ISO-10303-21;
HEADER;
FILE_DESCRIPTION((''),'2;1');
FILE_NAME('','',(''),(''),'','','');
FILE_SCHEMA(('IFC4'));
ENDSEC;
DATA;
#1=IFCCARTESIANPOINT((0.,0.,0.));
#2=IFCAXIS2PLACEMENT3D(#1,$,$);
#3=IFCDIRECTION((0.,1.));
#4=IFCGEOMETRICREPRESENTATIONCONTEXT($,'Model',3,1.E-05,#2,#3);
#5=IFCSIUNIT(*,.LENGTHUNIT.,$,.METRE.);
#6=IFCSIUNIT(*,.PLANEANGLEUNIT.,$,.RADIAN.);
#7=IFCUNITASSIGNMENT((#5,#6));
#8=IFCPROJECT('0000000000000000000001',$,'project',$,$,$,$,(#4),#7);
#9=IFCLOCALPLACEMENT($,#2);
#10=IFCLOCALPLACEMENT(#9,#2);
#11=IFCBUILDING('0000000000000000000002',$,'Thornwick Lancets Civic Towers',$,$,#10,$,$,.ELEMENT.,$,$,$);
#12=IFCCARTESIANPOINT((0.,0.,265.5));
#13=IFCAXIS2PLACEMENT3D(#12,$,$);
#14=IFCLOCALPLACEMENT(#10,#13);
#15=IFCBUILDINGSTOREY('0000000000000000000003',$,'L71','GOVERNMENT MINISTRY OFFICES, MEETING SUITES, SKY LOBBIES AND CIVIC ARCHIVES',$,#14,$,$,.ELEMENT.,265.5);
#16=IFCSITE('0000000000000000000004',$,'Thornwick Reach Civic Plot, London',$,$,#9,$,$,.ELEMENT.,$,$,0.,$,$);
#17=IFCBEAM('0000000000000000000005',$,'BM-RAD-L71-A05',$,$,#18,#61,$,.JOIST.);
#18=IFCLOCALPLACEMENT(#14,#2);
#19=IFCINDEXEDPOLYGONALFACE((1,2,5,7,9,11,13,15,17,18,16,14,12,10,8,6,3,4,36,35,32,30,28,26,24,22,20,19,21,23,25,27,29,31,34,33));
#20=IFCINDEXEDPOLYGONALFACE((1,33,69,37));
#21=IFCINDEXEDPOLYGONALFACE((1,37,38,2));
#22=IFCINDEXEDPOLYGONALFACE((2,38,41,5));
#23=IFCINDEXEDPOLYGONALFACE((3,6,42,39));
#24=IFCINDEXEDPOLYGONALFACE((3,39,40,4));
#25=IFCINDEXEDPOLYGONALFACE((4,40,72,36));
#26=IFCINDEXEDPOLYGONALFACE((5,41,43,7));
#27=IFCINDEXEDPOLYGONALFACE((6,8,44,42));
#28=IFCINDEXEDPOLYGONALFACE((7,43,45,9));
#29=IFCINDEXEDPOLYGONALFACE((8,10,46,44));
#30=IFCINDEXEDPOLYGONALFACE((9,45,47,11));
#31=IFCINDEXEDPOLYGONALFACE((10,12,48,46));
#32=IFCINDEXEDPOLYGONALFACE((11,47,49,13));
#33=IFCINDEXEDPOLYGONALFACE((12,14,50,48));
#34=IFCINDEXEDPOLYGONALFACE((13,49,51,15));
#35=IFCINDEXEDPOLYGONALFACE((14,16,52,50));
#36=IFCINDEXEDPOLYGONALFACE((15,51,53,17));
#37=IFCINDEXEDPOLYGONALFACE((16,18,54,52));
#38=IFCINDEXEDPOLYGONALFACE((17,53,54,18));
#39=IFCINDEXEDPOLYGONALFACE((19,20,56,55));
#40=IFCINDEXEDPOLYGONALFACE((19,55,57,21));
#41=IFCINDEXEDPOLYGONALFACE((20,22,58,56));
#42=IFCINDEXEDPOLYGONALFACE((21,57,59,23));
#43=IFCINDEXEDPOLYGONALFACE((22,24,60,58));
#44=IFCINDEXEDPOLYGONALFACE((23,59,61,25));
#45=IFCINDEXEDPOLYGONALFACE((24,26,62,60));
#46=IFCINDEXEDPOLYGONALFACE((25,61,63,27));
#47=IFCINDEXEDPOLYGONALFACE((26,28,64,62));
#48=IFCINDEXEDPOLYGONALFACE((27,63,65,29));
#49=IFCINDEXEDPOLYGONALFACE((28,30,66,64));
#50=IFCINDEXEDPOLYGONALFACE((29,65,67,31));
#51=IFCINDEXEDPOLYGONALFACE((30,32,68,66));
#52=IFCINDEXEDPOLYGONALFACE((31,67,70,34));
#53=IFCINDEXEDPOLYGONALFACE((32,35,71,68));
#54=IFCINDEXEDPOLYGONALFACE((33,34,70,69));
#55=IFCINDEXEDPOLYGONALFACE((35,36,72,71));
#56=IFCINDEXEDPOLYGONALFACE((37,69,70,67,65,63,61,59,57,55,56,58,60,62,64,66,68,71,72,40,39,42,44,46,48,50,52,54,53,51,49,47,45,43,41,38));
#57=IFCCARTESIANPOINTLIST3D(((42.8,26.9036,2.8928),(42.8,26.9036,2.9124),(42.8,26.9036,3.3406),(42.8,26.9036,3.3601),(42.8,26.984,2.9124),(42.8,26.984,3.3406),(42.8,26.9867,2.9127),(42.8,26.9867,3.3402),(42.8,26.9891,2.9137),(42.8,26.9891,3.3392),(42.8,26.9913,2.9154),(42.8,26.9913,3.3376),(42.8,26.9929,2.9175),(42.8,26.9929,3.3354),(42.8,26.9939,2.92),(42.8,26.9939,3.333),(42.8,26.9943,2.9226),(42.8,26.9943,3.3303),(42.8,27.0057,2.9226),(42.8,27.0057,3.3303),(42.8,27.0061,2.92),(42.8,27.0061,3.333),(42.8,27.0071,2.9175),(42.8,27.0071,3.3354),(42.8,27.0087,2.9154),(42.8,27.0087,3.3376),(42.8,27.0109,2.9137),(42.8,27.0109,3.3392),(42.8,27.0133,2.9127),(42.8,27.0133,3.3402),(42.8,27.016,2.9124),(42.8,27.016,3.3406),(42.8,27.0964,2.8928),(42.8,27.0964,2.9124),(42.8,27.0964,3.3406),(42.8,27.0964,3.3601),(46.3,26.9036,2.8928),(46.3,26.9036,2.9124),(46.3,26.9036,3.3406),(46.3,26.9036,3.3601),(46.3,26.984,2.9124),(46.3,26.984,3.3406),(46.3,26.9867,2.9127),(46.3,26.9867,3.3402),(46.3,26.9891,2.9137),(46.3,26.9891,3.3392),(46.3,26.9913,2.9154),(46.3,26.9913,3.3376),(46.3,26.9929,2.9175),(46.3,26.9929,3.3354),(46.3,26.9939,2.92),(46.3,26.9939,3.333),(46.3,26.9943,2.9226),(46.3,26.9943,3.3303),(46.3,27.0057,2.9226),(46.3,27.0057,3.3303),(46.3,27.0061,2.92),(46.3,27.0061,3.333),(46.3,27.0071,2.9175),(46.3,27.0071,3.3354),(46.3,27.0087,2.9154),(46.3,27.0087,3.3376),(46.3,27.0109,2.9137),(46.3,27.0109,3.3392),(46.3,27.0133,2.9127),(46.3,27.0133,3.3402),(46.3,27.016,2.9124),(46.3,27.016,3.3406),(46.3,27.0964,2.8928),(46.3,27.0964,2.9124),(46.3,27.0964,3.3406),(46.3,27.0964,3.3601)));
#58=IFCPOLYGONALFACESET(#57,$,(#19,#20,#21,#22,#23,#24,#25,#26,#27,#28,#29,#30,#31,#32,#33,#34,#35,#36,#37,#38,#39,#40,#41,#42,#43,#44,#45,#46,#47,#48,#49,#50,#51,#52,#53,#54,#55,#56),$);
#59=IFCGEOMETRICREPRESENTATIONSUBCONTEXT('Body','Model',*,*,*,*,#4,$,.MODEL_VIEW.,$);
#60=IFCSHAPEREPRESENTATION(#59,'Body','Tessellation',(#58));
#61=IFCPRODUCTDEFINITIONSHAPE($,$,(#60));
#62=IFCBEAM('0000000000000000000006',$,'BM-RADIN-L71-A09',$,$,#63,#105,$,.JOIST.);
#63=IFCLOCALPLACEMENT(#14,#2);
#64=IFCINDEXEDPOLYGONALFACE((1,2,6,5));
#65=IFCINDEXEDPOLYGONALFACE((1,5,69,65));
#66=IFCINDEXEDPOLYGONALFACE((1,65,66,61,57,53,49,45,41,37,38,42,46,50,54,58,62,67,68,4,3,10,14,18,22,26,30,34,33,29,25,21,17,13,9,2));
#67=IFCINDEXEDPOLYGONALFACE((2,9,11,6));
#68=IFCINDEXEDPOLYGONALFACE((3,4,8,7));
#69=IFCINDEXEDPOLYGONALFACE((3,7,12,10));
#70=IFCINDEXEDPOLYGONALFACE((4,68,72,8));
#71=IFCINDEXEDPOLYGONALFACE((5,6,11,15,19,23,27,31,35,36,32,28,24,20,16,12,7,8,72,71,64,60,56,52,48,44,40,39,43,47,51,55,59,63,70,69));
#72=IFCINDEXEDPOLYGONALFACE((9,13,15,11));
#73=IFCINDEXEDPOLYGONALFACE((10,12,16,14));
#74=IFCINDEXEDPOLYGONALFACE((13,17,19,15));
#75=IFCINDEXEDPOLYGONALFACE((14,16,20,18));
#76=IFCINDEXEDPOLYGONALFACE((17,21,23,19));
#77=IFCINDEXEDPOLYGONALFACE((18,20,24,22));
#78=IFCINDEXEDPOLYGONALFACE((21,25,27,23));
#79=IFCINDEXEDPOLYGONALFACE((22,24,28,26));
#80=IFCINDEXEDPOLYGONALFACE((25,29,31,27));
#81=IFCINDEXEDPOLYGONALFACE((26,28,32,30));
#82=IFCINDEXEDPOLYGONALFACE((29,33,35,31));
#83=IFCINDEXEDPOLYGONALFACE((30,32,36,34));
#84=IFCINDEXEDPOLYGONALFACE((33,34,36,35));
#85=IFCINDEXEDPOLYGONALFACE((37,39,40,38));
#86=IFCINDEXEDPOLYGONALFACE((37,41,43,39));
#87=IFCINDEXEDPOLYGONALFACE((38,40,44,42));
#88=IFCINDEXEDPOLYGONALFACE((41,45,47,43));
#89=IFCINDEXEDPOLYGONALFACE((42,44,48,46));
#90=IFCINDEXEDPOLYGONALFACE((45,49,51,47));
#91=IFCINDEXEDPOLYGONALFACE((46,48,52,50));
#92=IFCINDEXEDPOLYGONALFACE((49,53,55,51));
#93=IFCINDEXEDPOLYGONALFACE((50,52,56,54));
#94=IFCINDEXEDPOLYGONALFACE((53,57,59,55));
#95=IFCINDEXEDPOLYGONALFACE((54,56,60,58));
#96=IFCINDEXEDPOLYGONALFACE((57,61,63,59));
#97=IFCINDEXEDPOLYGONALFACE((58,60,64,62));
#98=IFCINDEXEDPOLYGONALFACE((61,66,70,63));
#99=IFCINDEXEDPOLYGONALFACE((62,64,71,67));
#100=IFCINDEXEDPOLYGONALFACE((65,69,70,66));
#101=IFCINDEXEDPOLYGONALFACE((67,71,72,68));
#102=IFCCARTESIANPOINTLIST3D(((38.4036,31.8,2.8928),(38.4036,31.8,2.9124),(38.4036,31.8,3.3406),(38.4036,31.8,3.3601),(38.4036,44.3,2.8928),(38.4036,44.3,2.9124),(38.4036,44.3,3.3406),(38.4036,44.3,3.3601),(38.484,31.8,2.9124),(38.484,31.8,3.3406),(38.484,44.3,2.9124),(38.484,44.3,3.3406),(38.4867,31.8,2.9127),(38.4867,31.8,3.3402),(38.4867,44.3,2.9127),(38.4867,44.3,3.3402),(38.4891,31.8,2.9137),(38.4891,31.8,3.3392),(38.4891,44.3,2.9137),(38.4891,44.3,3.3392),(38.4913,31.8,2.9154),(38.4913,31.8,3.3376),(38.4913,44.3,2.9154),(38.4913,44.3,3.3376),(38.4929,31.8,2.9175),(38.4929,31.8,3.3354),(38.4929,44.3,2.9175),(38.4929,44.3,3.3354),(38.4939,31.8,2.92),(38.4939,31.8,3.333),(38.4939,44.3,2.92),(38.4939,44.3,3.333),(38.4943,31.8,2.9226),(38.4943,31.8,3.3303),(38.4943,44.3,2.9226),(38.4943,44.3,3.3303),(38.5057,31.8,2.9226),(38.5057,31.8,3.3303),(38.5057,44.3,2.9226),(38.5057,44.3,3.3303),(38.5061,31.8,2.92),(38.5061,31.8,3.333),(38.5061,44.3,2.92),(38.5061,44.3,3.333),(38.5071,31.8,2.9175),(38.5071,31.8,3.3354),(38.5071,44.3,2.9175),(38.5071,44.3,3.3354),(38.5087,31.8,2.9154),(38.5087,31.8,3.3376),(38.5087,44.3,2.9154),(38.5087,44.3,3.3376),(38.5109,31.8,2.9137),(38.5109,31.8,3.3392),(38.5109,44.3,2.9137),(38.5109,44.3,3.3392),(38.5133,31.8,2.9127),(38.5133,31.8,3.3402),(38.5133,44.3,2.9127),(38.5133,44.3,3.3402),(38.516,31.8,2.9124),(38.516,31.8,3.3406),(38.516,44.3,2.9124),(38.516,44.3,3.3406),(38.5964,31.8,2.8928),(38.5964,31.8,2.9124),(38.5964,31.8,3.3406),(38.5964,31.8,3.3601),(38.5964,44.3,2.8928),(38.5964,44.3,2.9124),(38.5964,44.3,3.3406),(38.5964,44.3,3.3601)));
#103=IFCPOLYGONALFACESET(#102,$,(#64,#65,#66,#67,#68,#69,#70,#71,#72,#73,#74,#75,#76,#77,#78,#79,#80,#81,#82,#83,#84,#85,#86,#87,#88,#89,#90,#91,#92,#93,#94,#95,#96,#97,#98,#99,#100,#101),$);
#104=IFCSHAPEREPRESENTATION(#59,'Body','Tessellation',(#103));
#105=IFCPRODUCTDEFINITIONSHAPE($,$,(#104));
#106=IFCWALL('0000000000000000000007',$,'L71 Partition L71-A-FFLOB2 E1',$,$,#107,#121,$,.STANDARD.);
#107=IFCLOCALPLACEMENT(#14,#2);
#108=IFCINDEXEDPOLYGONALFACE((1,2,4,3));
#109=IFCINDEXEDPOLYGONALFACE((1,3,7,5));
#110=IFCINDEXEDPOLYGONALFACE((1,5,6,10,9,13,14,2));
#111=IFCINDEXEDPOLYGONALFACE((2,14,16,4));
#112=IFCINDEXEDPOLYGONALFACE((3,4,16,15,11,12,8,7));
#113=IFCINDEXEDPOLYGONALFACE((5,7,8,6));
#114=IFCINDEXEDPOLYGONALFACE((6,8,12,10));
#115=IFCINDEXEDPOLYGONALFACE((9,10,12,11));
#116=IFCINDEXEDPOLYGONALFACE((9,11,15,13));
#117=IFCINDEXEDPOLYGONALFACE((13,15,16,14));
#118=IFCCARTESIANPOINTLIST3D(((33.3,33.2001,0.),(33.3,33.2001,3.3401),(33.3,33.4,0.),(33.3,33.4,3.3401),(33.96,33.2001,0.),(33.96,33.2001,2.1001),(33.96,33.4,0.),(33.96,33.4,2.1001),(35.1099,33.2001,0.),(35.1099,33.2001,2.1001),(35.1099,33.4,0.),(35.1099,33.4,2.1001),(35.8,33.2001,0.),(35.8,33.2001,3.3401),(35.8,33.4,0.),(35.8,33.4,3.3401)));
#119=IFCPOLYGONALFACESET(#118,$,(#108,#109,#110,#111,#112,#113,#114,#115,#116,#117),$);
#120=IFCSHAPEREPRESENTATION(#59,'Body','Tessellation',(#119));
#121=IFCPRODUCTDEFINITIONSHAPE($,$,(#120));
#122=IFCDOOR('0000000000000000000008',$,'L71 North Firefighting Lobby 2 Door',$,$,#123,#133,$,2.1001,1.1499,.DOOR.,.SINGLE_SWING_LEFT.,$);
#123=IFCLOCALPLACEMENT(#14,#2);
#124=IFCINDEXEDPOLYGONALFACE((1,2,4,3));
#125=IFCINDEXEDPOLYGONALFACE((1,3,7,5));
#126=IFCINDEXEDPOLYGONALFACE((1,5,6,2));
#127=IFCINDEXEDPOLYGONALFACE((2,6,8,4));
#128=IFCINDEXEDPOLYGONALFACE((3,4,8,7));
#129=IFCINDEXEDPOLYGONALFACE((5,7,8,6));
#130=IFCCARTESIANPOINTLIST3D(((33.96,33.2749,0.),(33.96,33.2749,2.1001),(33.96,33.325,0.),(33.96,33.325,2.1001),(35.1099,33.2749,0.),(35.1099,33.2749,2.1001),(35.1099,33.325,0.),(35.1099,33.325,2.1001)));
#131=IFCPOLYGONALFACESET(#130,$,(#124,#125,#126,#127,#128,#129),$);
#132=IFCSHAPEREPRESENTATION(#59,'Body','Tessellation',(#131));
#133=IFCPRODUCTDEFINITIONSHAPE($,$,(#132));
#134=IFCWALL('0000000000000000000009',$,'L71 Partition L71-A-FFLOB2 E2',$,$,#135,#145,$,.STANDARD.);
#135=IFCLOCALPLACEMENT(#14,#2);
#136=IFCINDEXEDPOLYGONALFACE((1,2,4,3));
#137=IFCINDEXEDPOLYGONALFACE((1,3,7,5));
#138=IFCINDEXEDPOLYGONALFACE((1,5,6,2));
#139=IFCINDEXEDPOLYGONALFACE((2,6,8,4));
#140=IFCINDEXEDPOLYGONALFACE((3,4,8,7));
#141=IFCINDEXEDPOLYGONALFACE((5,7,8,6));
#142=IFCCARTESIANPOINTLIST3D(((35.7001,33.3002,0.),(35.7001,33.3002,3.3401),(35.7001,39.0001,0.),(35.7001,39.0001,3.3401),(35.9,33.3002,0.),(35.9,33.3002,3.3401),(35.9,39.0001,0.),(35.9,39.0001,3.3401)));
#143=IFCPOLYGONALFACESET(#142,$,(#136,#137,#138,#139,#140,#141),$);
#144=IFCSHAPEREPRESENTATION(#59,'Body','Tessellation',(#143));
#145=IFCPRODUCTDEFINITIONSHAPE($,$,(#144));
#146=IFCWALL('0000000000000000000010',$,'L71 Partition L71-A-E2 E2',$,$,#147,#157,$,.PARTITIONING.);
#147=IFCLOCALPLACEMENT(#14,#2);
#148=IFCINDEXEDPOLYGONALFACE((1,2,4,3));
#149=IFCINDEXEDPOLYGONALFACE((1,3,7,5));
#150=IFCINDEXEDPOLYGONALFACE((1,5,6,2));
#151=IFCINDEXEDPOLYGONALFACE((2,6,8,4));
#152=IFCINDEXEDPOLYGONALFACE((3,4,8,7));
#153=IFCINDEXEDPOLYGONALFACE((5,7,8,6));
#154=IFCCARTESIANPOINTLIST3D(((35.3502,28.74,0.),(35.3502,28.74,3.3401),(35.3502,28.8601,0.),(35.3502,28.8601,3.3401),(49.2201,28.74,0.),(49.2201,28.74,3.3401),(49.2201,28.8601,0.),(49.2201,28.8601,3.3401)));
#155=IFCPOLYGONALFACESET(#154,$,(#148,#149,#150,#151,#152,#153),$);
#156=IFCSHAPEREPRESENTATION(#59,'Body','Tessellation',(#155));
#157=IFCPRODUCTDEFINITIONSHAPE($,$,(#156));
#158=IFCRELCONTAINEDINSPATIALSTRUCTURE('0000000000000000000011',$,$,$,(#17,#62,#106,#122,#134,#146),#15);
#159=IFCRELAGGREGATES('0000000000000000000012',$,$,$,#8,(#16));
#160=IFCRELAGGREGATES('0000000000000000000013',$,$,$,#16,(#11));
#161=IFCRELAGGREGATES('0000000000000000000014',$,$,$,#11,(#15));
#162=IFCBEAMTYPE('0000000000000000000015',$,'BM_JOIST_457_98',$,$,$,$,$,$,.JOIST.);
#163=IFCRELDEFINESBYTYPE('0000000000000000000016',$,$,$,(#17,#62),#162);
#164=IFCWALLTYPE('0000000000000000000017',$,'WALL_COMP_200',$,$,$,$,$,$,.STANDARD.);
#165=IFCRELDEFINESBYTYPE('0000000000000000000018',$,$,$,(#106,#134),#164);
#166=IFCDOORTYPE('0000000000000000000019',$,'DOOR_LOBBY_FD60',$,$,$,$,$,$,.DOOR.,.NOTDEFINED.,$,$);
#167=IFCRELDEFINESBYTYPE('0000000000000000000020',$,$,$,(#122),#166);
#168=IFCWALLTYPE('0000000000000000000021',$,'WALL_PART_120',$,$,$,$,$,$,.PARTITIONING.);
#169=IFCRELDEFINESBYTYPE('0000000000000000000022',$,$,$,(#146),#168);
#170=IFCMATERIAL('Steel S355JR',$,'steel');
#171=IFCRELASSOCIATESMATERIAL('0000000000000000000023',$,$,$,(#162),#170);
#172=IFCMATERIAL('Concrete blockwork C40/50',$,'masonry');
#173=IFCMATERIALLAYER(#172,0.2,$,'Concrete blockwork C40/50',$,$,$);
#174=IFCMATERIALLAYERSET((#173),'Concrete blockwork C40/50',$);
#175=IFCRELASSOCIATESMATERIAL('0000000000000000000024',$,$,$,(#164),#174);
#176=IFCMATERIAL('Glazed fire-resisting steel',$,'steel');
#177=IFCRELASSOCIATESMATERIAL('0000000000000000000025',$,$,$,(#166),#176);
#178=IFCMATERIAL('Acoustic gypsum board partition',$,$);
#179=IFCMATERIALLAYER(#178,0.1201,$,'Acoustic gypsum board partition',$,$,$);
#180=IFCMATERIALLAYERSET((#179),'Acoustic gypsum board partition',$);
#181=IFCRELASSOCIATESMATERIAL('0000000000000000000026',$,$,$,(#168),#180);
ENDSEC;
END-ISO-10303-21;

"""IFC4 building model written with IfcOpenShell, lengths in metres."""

from ifc_helpers import new_model, si_unit, direction, frame, frame_2d, origin, origin_2d, place, context, subcontext, project, spatial, rectangle, i_section, extrude, material, layer, layer_set, material_profile, profile_set, type_object, element, fill, save


model = new_model("IFC4")

# Units and contexts
model_context = context("Model", 3, precision=1e-05, world=origin(), true_north=direction((0.0, 1.0)))
body_context = subcontext(model_context, "Body", "Model", "MODEL_VIEW")
ifc_project = project(units=[si_unit("LENGTHUNIT", "METRE"), si_unit("PLANEANGLEUNIT", "RADIAN")], contexts=[model_context])

# Site, building, storey
site_placement = place(None, origin())
site = spatial("IfcSite", under=ifc_project, at=site_placement, Name="Thornwick Reach Civic Plot, London", CompositionType="ELEMENT", RefElevation=0.0)
building_placement = place(site_placement, origin())
building = spatial("IfcBuilding", under=site, at=building_placement, Name="Thornwick Lancets Civic Towers", CompositionType="ELEMENT")
storey_placement = place(building_placement, frame((0.0, 0.0, 265.5)))
storey = spatial("IfcBuildingStorey", under=building, at=storey_placement, Name="L71", Description="GOVERNMENT MINISTRY OFFICES, MEETING SUITES, SKY LOBBIES AND CIVIC ARCHIVES", CompositionType="ELEMENT", Elevation=265.5)

# Shared definitions
ifc_material_1 = material(Name="Steel S355JR", Category="steel")

# Beams
ifc_material_profile_1 = material_profile(ifc_material_1, i_section(OverallWidth=0.1929, OverallDepth=0.4673, WebThickness=0.0115, FlangeThickness=0.0195, FilletRadius=0.0103, at=origin_2d()), Name="UKB 457x191x98")
ifc_profile_set_1 = profile_set([ifc_material_profile_1], Name="Steel S355JR")
beam_type_1 = type_object("IfcBeamType", Name="BM_JOIST_457_98", PredefinedType="JOIST", material=ifc_profile_set_1)
beam_1_placement = place(storey_placement, frame((42.8, 27.0, 3.1265), z_axis=(1.0, 0.0, 0.0), x_axis=(0.0, 1.0, 0.0)))
element("IfcBeam", 1, at=beam_1_placement, inside=storey, type_object=beam_type_1, Name="BM-RAD-L71-A05", PredefinedType="JOIST", context=body_context, shape_type="SweptSolid", body=[
    extrude(i_section(OverallWidth=0.1929, OverallDepth=0.4673, WebThickness=0.0115, FlangeThickness=0.0195, FilletRadius=0.0103, at=origin_2d()), origin(), (0.0, 0.0, 1.0), 3.5),
])
beam_2_placement = place(storey_placement, frame((38.5, 31.8, 3.1265), z_axis=(0.0, 1.0, 0.0), x_axis=(-1.0, 0.0, 0.0)))
element("IfcBeam", 2, at=beam_2_placement, inside=storey, type_object=beam_type_1, Name="BM-RADIN-L71-A09", PredefinedType="JOIST", context=body_context, shape_type="SweptSolid", body=[
    extrude(i_section(OverallWidth=0.1929, OverallDepth=0.4673, WebThickness=0.0115, FlangeThickness=0.0195, FilletRadius=0.0103, at=origin_2d()), origin(), (0.0, 0.0, 1.0), 12.5),
])

# Wall, opening, door
ifc_material_2 = material(Name="Concrete blockwork C40/50", Category="masonry")
ifc_layer_1 = layer(ifc_material_2, 0.2, Name="Concrete blockwork C40/50")
ifc_layer_set_1 = layer_set([ifc_layer_1], Name="Concrete blockwork C40/50")
wall_type_1 = type_object("IfcWallType", Name="WALL_COMP_200", PredefinedType="STANDARD", material=ifc_layer_set_1)
wall_1_placement = place(storey_placement, frame((33.3, 33.3, 0.0), z_axis=(0.0, 0.0, 1.0), x_axis=(1.0, 0.0, 0.0)))
wall_1 = element("IfcWall", 3, at=wall_1_placement, inside=storey, type_object=wall_type_1, Name="L71 Partition L71-A-FFLOB2 E1", PredefinedType="STANDARD", context=body_context, shape_type="SweptSolid", body=[
    extrude(rectangle(XDim=2.5, YDim=0.2, at=frame_2d((1.25, 0.0))), origin(), (0.0, 0.0, 1.0), 3.3401),
])
opening_1_placement = place(wall_1_placement, frame((0.6599, 0.0, 0.0)))
opening_1 = element("IfcOpeningElement", 4, at=opening_1_placement, cuts=wall_1, PredefinedType="OPENING", context=body_context, shape_type="SweptSolid", body=[
    extrude(rectangle(XDim=1.1499, YDim=2.1001, at=frame_2d((0.575, 1.05))), frame((0.0, 0.1099, 0.0), z_axis=(0.0, -1.0, 0.0), x_axis=(1.0, 0.0, 0.0)), (0.0, 0.0, 1.0), 0.22),
])
ifc_material_3 = material(Name="Glazed fire-resisting steel", Category="steel")
door_type_1 = type_object("IfcDoorType", Name="DOOR_LOBBY_FD60", OperationType="NOTDEFINED", PredefinedType="DOOR", material=ifc_material_3)
door_1_placement = place(opening_1_placement, origin())
door_1 = element("IfcDoor", 5, at=door_1_placement, inside=storey, type_object=door_type_1, Name="L71 North Firefighting Lobby 2 Door", OperationType="SINGLE_SWING_LEFT", OverallHeight=2.1001, OverallWidth=1.1499, PredefinedType="DOOR", context=body_context, shape_type="SweptSolid", body=[
    extrude(rectangle(XDim=1.1499, YDim=2.1001, at=frame_2d((0.575, 1.05))), frame((0.0, 0.0249, 0.0), z_axis=(0.0, -1.0, 0.0), x_axis=(1.0, 0.0, 0.0)), (0.0, 0.0, 1.0), 0.05),
])
fill(opening_1, door_1)

# Walls
wall_2_placement = place(storey_placement, frame((35.8, 33.3, 0.0), z_axis=(0.0, 0.0, 1.0), x_axis=(0.0, 1.0, 0.0)))
element("IfcWall", 6, at=wall_2_placement, inside=storey, type_object=wall_type_1, Name="L71 Partition L71-A-FFLOB2 E2", PredefinedType="STANDARD", context=body_context, shape_type="SweptSolid", body=[
    extrude(rectangle(XDim=5.7, YDim=0.2, at=frame_2d((2.8501, 0.0))), origin(), (0.0, 0.0, 1.0), 3.3401),
])
ifc_material_4 = material(Name="Acoustic gypsum board partition")
ifc_layer_2 = layer(ifc_material_4, 0.1201, Name="Acoustic gypsum board partition")
ifc_layer_set_2 = layer_set([ifc_layer_2], Name="Acoustic gypsum board partition")
wall_type_2 = type_object("IfcWallType", Name="WALL_PART_120", PredefinedType="PARTITIONING", material=ifc_layer_set_2)
wall_3_placement = place(storey_placement, frame((35.3501, 28.8, 0.0), z_axis=(0.0, 0.0, 1.0), x_axis=(1.0, 0.0, 0.0)))
element("IfcWall", 7, at=wall_3_placement, inside=storey, type_object=wall_type_2, Name="L71 Partition L71-A-E2 E2", PredefinedType="PARTITIONING", context=body_context, shape_type="SweptSolid", body=[
    extrude(rectangle(XDim=13.8699, YDim=0.1201, at=frame_2d((6.9351, 0.0))), origin(), (0.0, 0.0, 1.0), 3.3401),
])

save(model, "model.ifc")
